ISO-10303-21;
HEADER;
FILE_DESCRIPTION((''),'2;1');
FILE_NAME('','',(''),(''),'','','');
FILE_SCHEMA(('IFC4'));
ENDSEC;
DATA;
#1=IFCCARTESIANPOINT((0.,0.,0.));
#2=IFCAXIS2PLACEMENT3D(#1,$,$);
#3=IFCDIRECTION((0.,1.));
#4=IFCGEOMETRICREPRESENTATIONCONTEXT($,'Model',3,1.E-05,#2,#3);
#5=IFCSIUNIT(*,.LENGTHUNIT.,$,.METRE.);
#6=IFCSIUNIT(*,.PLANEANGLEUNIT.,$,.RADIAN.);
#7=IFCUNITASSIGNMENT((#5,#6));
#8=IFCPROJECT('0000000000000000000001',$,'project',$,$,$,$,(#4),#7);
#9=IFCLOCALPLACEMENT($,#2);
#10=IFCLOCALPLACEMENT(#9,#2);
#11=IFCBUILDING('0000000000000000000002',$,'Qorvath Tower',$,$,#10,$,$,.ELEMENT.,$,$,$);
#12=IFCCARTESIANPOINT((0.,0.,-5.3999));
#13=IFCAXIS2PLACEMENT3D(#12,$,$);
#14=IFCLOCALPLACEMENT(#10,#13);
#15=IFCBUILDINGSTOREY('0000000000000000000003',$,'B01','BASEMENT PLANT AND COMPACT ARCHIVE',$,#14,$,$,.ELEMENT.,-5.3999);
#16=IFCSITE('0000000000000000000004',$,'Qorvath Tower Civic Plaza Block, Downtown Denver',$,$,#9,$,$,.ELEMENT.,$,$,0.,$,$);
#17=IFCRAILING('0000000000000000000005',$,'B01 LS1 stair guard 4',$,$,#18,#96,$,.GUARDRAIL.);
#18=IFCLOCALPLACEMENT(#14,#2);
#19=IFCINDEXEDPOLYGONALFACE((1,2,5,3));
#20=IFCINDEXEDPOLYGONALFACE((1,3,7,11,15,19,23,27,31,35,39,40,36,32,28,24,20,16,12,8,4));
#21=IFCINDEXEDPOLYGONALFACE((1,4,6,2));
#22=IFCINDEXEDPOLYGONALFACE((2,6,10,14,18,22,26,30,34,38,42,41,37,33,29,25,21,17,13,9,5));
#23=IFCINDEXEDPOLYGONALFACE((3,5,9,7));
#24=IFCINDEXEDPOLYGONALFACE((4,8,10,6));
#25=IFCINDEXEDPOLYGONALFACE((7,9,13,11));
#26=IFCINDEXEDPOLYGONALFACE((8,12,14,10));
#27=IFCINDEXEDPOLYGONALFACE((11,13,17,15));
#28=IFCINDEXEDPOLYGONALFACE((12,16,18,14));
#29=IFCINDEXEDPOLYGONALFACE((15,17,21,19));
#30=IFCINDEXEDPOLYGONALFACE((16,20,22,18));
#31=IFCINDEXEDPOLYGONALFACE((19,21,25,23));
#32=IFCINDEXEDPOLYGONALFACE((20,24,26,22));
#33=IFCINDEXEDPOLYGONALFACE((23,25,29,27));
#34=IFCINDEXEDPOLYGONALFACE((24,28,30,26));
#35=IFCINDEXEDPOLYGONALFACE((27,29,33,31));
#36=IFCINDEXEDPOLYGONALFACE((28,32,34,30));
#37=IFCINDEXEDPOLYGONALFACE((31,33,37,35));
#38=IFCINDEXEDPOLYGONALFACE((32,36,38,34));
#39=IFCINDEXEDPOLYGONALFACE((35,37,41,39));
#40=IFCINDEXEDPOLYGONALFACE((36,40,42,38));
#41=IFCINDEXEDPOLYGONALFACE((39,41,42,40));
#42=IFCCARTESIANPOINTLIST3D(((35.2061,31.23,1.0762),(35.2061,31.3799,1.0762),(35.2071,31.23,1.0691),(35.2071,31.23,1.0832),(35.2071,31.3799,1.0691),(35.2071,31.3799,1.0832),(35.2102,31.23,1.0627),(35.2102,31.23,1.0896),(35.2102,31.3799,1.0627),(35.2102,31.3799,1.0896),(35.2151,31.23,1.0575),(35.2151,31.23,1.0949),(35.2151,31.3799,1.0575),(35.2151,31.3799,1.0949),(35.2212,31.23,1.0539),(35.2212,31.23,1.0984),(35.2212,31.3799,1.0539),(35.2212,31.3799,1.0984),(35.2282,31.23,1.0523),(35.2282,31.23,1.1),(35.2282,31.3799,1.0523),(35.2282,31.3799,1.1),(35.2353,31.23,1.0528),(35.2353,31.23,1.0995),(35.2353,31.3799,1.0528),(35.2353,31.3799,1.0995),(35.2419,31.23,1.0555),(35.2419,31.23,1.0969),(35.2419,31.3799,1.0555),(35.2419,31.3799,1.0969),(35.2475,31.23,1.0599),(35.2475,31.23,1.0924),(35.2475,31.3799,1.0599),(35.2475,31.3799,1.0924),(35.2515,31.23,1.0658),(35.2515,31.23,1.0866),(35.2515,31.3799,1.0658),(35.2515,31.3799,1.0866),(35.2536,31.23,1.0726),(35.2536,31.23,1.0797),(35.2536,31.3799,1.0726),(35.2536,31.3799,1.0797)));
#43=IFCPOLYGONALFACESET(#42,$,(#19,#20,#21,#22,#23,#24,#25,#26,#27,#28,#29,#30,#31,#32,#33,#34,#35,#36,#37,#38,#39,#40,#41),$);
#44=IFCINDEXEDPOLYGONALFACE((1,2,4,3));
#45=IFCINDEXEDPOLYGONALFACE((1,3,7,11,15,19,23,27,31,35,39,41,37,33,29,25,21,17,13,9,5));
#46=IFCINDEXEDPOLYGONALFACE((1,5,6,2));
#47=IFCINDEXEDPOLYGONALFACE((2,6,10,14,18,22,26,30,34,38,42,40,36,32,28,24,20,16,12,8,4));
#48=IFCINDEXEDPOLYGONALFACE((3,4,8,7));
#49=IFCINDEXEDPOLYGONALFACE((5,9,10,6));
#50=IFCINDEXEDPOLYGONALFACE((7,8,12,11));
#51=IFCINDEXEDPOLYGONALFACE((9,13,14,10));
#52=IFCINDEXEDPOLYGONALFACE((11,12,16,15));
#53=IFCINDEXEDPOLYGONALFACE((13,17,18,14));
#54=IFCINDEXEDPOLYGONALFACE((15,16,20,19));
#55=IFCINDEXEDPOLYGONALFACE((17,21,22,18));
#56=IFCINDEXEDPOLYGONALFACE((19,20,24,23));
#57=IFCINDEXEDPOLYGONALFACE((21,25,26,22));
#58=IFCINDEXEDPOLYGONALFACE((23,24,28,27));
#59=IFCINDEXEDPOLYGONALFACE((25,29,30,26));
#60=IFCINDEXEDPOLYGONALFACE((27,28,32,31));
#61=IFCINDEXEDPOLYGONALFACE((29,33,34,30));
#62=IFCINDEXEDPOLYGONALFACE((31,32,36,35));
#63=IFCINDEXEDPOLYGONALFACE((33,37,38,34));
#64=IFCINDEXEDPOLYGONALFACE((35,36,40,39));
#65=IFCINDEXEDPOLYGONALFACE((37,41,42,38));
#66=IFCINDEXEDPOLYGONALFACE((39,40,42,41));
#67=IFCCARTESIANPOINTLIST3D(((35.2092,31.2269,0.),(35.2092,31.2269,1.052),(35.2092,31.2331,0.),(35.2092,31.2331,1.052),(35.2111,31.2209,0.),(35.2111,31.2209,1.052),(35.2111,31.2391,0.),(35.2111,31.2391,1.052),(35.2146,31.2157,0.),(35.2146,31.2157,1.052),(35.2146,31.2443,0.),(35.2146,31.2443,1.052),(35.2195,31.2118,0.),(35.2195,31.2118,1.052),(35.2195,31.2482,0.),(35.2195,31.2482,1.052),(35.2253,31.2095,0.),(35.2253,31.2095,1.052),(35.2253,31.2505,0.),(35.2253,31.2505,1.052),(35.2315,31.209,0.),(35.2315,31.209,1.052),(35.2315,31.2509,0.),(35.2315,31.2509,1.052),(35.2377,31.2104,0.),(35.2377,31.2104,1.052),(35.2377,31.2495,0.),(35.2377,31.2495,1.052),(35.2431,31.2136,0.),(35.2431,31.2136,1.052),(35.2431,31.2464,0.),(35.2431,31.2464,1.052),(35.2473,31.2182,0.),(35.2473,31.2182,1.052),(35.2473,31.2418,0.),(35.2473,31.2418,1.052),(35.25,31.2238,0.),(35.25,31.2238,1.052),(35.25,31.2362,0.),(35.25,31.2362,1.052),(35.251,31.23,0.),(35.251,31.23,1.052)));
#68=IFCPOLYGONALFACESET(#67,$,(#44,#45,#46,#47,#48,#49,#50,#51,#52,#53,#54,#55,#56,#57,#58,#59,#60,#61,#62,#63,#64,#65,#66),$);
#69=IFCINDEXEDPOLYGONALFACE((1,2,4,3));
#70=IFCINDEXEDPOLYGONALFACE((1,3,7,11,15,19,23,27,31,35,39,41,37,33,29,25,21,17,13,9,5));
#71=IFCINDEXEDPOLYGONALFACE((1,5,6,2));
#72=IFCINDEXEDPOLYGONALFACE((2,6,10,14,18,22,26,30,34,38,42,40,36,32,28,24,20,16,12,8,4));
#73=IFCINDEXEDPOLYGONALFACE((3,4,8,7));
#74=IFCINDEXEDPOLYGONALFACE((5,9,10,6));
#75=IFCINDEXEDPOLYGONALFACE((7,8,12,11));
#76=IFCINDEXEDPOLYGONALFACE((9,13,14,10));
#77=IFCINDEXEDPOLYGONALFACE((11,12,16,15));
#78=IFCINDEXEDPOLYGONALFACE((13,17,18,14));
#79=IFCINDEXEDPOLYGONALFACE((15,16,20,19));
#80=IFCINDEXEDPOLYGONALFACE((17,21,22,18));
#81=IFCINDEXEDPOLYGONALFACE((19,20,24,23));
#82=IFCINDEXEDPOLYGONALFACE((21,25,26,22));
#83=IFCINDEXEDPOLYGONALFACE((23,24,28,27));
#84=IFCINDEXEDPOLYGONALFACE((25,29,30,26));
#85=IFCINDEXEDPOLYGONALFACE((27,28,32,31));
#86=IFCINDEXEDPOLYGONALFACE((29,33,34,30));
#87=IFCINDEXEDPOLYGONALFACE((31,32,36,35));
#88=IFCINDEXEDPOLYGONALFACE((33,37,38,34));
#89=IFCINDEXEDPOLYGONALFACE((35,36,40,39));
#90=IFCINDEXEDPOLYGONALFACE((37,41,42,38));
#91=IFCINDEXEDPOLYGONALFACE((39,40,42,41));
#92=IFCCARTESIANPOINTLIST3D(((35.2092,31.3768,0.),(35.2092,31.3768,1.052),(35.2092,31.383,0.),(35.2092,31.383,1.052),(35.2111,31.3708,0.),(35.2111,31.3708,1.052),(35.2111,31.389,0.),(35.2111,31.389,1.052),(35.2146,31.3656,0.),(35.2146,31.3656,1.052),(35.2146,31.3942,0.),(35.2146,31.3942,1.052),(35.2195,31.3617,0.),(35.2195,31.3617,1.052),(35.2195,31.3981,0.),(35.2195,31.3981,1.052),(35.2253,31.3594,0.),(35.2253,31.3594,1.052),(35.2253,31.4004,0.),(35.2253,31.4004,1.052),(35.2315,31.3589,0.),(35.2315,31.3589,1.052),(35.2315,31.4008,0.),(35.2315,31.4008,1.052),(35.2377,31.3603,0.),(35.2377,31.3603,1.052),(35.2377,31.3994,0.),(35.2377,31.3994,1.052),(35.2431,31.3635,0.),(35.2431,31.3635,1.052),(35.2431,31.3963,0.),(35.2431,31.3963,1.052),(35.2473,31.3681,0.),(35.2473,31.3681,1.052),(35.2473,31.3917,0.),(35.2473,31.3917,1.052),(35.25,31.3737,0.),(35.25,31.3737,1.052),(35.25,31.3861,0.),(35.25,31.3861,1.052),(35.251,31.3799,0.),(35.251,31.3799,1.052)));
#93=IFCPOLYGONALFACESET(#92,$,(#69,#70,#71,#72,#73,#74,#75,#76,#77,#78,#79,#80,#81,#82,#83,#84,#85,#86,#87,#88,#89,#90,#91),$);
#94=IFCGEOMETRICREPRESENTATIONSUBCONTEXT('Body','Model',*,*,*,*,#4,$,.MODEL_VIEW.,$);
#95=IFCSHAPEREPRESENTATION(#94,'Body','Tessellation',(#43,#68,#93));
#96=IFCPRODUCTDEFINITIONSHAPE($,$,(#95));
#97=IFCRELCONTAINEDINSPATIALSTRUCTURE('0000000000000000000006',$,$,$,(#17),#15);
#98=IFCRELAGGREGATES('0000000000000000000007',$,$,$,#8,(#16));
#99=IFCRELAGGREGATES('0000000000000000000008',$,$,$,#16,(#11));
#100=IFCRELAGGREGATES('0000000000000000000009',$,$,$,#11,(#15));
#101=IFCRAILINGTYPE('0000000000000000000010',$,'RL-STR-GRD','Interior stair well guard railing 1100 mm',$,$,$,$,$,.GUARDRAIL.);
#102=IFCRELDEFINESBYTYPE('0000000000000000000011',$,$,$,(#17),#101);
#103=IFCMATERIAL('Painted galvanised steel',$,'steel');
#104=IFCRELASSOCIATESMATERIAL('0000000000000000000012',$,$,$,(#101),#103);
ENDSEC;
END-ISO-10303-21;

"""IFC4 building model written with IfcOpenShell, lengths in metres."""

from ifc_helpers import new_model, si_unit, direction, frame, origin, origin_2d, place, context, subcontext, project, spatial, circle, extrude, material, type_object, element, save


model = new_model("IFC4")

# Units and contexts
model_context = context("Model", 3, precision=1e-05, world=origin(), true_north=direction((0.0, 1.0)))
body_context = subcontext(model_context, "Body", "Model", "MODEL_VIEW")
ifc_project = project(units=[si_unit("LENGTHUNIT", "METRE"), si_unit("PLANEANGLEUNIT", "RADIAN")], contexts=[model_context])

# Site, building, storey
site_placement = place(None, origin())
site = spatial("IfcSite", under=ifc_project, at=site_placement, Name="Qorvath Tower Civic Plaza Block, Downtown Denver", CompositionType="ELEMENT", RefElevation=0.0)
building_placement = place(site_placement, origin())
building = spatial("IfcBuilding", under=site, at=building_placement, Name="Qorvath Tower", CompositionType="ELEMENT")
storey_placement = place(building_placement, frame((0.0, 0.0, -5.3999)))
storey = spatial("IfcBuildingStorey", under=building, at=storey_placement, Name="B01", Description="BASEMENT PLANT AND COMPACT ARCHIVE", CompositionType="ELEMENT", Elevation=-5.3999)

# Railing
ifc_material_1 = material(Name="Painted galvanised steel", Category="steel")
railing_type_1 = type_object("IfcRailingType", Name="RL-STR-GRD", Description="Interior stair well guard railing 1100 mm", PredefinedType="GUARDRAIL", material=ifc_material_1)
railing_1_placement = place(storey_placement, frame((35.23, 31.23, 0.0)))
element("IfcRailing", 1, at=railing_1_placement, inside=storey, type_object=railing_type_1, Name="B01 LS1 stair guard 4", PredefinedType="GUARDRAIL", context=body_context, shape_type="SweptSolid", body=[
    extrude(circle(Radius=0.0239, at=origin_2d()), frame((0.0, 0.0, 1.0762), z_axis=(0.0, 1.0, 0.0), x_axis=(-1.0, 0.0, 0.0)), (0.0, 0.0, 1.0), 0.1499),
    extrude(circle(Radius=0.021, at=origin_2d()), origin(), (0.0, 0.0, 1.0), 1.052),
    extrude(circle(Radius=0.021, at=origin_2d()), frame((0.0, 0.1499, 0.0)), (0.0, 0.0, 1.0), 1.052),
])

save(model, "model.ifc")
